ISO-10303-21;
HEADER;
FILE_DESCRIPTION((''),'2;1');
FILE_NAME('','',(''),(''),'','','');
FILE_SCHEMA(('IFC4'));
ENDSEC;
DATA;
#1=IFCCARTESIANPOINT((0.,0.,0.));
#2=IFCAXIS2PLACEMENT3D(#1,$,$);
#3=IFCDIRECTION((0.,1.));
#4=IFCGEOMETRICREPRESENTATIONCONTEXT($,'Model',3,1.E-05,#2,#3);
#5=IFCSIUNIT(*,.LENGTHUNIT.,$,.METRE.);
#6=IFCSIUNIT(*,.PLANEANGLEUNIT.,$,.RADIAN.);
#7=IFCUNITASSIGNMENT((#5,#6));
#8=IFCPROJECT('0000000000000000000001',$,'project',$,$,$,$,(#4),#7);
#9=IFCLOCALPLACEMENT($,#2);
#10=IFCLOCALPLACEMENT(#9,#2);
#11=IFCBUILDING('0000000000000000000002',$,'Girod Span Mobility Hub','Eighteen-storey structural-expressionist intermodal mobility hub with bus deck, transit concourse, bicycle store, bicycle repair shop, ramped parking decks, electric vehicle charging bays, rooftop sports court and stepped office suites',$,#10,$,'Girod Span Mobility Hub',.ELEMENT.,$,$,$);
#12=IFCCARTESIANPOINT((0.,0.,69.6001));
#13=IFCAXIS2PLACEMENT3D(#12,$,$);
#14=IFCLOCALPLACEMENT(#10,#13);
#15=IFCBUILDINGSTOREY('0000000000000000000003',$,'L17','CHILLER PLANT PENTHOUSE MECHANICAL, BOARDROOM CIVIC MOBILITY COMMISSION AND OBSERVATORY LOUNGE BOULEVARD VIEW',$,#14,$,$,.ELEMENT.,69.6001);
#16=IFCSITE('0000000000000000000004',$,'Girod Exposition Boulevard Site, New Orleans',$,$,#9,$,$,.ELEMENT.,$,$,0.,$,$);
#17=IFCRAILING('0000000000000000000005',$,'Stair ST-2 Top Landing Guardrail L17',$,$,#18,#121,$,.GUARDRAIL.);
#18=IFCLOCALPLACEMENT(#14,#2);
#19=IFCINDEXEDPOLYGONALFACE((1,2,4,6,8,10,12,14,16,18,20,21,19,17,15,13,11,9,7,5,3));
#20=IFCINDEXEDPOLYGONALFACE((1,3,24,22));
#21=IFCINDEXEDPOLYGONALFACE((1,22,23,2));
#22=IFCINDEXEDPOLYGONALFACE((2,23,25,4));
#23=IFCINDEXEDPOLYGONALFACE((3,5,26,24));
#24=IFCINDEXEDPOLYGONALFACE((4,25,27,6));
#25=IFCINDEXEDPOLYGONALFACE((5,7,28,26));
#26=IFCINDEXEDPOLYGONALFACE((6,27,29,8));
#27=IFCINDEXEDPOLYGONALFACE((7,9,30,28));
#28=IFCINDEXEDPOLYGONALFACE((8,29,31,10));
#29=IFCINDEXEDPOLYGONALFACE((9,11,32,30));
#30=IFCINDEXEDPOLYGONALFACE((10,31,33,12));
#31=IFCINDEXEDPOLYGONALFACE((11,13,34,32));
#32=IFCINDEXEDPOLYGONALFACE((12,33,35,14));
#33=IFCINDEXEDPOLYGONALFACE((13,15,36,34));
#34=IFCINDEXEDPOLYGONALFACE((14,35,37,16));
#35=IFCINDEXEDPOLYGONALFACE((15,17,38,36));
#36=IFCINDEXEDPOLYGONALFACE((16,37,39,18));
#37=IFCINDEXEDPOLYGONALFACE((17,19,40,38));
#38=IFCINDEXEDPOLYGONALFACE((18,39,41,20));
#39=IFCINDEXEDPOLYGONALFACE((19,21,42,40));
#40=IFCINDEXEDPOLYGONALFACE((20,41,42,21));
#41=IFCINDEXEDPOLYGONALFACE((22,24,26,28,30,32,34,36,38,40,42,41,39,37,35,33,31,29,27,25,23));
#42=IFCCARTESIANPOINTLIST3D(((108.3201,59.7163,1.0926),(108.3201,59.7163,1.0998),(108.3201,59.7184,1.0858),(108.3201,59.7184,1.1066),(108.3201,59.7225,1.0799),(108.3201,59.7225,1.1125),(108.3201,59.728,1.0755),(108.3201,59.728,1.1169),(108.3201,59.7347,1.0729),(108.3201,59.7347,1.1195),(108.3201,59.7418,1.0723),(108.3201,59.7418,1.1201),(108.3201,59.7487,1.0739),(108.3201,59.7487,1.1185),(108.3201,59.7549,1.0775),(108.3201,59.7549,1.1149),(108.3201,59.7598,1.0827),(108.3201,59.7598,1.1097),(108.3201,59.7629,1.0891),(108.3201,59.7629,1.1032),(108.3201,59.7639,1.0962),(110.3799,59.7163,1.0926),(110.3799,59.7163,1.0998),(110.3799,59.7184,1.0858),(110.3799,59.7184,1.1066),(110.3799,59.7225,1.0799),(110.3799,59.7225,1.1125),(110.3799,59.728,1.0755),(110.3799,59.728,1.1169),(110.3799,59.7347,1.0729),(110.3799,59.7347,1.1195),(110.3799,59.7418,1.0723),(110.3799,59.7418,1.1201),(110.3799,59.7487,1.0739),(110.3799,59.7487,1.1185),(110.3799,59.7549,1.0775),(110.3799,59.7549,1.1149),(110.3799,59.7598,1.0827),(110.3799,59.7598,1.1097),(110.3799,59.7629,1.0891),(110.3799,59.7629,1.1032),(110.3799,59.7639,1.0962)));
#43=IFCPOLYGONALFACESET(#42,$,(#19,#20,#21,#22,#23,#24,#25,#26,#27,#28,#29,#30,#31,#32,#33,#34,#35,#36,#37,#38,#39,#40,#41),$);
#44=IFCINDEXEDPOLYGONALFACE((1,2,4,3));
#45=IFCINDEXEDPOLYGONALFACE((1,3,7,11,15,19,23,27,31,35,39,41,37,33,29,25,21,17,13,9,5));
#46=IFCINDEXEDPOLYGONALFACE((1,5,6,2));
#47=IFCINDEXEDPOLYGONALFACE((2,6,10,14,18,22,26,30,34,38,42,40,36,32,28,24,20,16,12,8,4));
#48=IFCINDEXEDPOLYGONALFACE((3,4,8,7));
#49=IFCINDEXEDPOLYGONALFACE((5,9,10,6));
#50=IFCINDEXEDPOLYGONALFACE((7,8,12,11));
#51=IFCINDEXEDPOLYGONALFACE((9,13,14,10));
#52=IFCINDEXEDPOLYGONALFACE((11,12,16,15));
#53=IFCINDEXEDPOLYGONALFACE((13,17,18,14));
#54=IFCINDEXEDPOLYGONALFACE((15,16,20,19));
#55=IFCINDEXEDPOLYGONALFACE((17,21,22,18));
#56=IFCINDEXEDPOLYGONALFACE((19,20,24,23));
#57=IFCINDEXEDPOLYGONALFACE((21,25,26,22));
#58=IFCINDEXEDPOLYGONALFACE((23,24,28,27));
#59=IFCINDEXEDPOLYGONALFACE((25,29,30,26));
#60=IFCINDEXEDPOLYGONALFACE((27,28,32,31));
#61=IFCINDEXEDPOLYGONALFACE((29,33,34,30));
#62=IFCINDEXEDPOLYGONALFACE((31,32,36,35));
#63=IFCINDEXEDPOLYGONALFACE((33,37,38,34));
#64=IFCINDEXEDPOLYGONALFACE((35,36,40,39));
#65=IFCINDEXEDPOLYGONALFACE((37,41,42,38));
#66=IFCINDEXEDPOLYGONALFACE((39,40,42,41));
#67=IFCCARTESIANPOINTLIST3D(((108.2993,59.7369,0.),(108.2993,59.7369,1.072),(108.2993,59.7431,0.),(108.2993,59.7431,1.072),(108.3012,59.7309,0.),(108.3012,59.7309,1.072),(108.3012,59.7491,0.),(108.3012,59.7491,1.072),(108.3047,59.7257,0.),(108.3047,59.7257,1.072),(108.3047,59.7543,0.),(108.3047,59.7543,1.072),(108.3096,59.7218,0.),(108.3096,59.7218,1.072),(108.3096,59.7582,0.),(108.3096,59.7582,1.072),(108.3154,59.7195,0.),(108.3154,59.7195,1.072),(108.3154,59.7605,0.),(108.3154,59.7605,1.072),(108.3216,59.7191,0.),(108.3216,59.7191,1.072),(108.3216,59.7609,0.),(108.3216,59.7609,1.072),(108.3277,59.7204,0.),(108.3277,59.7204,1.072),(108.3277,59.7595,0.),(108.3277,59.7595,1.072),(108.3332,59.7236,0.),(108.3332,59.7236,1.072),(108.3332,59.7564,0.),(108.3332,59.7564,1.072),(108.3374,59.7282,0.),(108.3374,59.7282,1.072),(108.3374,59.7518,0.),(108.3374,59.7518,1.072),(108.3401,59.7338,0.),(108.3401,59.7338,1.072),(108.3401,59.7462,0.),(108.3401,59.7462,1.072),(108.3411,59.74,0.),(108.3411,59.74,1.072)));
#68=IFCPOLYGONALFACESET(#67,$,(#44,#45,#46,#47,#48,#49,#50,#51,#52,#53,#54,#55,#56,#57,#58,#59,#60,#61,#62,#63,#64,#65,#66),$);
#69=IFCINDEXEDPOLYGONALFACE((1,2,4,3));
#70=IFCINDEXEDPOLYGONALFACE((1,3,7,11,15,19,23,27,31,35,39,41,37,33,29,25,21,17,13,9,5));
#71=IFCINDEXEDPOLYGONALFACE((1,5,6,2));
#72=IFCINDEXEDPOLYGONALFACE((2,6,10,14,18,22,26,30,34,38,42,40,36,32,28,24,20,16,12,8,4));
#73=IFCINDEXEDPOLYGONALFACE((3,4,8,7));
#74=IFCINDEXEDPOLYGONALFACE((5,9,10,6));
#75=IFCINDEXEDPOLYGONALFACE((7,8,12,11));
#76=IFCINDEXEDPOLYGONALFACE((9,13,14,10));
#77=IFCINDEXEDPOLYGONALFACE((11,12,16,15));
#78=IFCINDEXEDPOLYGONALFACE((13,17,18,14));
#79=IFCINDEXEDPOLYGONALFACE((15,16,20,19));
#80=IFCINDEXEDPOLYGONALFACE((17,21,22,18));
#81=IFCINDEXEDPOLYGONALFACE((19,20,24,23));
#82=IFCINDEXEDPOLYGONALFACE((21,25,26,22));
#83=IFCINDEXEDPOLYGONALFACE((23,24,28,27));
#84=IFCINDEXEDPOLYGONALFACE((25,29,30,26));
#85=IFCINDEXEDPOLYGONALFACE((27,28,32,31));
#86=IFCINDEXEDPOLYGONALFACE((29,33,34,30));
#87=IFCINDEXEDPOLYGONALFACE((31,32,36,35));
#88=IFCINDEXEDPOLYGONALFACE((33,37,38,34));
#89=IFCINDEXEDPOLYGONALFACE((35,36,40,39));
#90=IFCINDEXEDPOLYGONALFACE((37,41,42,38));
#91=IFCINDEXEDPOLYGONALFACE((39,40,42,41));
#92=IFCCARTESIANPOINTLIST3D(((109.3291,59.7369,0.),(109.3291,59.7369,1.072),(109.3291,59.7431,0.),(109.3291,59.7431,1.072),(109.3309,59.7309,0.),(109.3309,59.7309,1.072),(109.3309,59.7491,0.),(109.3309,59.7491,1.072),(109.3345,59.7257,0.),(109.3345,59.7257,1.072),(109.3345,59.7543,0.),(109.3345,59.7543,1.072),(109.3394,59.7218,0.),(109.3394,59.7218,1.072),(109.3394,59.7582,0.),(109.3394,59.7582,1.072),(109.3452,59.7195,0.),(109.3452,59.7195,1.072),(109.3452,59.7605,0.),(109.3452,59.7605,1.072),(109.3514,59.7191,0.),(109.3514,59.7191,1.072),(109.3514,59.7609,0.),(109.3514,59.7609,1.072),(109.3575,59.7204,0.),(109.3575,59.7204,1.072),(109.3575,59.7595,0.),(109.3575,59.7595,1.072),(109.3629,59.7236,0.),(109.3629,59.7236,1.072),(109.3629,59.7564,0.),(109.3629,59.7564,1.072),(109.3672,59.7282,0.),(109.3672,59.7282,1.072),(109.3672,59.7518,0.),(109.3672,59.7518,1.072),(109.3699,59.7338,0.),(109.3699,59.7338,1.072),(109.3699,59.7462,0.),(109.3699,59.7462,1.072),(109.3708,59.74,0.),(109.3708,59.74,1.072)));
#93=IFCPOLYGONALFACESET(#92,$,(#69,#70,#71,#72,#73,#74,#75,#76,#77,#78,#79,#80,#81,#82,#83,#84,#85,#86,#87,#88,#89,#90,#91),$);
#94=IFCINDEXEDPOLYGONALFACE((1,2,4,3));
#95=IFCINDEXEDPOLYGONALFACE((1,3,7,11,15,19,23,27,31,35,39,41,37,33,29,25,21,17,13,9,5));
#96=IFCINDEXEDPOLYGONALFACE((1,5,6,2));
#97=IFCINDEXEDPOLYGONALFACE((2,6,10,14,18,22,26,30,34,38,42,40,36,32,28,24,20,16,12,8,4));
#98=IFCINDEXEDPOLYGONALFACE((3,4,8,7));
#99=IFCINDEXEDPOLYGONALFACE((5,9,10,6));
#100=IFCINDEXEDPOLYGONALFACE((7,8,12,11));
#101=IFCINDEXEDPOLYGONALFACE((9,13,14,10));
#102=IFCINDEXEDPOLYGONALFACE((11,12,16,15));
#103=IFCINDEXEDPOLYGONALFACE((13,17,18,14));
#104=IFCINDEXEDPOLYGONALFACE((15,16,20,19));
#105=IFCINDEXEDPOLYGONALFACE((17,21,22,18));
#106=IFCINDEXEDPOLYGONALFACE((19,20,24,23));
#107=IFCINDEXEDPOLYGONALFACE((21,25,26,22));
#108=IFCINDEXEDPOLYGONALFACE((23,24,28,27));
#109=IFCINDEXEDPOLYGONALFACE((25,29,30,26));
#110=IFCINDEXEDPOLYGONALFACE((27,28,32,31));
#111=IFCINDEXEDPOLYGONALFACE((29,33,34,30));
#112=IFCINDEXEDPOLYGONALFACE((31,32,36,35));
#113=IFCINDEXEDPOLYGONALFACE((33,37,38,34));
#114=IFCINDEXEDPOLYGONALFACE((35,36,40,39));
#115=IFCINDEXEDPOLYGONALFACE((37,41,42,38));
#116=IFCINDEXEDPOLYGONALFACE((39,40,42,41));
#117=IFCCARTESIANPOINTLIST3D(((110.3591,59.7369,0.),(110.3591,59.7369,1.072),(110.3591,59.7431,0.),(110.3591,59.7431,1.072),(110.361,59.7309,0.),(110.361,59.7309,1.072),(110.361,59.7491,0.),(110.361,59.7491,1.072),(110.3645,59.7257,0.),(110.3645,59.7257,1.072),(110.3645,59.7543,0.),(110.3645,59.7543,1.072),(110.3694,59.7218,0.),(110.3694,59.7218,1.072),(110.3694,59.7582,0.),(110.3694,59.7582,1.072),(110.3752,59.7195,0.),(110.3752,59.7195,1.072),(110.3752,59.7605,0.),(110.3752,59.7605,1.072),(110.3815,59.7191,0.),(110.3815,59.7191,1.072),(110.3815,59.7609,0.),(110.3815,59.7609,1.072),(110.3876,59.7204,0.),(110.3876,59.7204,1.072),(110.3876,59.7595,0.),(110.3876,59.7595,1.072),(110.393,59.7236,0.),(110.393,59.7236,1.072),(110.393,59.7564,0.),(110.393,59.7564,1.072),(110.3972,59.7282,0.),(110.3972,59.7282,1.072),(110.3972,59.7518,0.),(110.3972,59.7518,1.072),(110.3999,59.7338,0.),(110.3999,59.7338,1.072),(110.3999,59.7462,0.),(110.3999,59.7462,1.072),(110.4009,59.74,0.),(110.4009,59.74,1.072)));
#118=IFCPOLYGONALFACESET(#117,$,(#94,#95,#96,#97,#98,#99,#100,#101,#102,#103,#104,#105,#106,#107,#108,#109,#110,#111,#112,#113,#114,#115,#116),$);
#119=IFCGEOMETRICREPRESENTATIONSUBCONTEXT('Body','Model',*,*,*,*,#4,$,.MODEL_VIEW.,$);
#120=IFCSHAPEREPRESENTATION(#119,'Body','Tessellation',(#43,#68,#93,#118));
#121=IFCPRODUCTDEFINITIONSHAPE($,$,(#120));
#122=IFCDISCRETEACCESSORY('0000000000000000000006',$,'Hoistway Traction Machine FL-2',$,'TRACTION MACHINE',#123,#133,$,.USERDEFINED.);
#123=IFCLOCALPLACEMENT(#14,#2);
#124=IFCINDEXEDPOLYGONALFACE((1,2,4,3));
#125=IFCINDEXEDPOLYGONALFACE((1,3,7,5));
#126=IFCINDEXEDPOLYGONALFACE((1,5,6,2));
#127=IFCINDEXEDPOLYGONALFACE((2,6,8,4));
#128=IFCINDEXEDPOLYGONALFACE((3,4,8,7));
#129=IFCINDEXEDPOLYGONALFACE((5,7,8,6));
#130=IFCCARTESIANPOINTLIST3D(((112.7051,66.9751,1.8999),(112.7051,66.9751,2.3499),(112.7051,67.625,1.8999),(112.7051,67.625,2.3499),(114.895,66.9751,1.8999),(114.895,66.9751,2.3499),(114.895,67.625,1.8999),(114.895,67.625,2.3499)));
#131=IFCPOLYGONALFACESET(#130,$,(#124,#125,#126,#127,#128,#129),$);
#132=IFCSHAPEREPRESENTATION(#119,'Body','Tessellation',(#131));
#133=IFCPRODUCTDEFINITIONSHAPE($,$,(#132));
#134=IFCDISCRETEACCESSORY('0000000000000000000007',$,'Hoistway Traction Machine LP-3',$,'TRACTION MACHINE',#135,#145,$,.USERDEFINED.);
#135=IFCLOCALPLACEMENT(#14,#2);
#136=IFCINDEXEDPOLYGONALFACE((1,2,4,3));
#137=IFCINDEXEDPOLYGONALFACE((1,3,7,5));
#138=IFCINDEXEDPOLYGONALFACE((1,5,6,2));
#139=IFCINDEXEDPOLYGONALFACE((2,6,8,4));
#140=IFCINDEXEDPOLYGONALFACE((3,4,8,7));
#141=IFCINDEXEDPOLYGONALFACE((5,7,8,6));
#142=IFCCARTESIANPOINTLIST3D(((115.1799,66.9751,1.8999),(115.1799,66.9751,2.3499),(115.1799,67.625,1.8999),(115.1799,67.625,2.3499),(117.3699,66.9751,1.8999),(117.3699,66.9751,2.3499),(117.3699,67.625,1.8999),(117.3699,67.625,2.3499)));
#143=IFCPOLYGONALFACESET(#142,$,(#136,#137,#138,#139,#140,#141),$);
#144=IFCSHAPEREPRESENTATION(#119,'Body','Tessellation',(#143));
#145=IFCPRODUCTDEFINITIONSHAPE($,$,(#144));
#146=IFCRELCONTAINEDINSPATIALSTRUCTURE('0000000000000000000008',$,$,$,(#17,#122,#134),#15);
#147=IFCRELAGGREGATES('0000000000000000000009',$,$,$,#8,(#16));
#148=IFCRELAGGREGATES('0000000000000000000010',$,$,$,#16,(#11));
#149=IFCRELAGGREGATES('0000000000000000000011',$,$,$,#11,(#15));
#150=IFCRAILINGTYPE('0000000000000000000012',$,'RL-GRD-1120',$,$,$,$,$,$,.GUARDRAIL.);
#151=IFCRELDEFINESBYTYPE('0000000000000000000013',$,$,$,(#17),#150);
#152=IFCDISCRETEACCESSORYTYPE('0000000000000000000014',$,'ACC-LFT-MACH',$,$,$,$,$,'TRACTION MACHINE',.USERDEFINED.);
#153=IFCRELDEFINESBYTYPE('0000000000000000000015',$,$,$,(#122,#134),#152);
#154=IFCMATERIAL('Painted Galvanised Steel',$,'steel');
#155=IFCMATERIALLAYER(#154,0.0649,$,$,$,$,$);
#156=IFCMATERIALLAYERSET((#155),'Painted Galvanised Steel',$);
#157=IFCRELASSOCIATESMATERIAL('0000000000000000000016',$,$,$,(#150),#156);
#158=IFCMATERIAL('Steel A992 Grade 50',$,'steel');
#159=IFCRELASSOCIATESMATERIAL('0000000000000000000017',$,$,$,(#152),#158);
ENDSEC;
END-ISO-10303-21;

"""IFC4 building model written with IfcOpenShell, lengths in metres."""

from ifc_helpers import new_model, si_unit, direction, frame, origin, origin_2d, place, context, subcontext, project, spatial, rectangle, circle, extrude, material, layer, layer_set, type_object, element, save


model = new_model("IFC4")

# Units and contexts
model_context = context("Model", 3, precision=1e-05, world=origin(), true_north=direction((0.0, 1.0)))
body_context = subcontext(model_context, "Body", "Model", "MODEL_VIEW")
ifc_project = project(units=[si_unit("LENGTHUNIT", "METRE"), si_unit("PLANEANGLEUNIT", "RADIAN")], contexts=[model_context])

# Site, building, storey
site_placement = place(None, origin())
site = spatial("IfcSite", under=ifc_project, at=site_placement, Name="Girod Exposition Boulevard Site, New Orleans", CompositionType="ELEMENT", RefElevation=0.0)
building_placement = place(site_placement, origin())
building = spatial("IfcBuilding", under=site, at=building_placement, Name="Girod Span Mobility Hub", Description="Eighteen-storey structural-expressionist intermodal mobility hub with bus deck, transit concourse, bicycle store, bicycle repair shop, ramped parking decks, electric vehicle charging bays, rooftop sports court and stepped office suites", LongName="Girod Span Mobility Hub", CompositionType="ELEMENT")
storey_placement = place(building_placement, frame((0.0, 0.0, 69.6001)))
storey = spatial("IfcBuildingStorey", under=building, at=storey_placement, Name="L17", Description="CHILLER PLANT PENTHOUSE MECHANICAL, BOARDROOM CIVIC MOBILITY COMMISSION AND OBSERVATORY LOUNGE BOULEVARD VIEW", CompositionType="ELEMENT", Elevation=69.6001)

# Railing
ifc_material_1 = material(Name="Painted Galvanised Steel", Category="steel")
ifc_layer_1 = layer(ifc_material_1, 0.0649)
ifc_layer_set_1 = layer_set([ifc_layer_1], Name="Painted Galvanised Steel")
railing_type = type_object("IfcRailingType", Name="RL-GRD-1120", PredefinedType="GUARDRAIL", material=ifc_layer_set_1)
railing_placement = place(storey_placement, frame((108.3201, 59.74, 0.0)))
element("IfcRailing", 1, at=railing_placement, inside=storey, type_object=railing_type, Name="Stair ST-2 Top Landing Guardrail L17", PredefinedType="GUARDRAIL", context=body_context, shape_type="SweptSolid", body=[
    extrude(circle(Radius=0.0239, at=origin_2d()), frame((0.0, 0.0, 1.0962), z_axis=(1.0, 0.0, 0.0), x_axis=(0.0, 1.0, 0.0)), (0.0, 0.0, 1.0), 2.0598),
    extrude(circle(Radius=0.021, at=origin_2d()), origin(), (0.0, 0.0, 1.0), 1.072),
    extrude(circle(Radius=0.021, at=origin_2d()), frame((1.0298, 0.0, 0.0)), (0.0, 0.0, 1.0), 1.072),
    extrude(circle(Radius=0.021, at=origin_2d()), frame((2.0598, 0.0, 0.0)), (0.0, 0.0, 1.0), 1.072),
])

# Discrete accessories
ifc_material_2 = material(Name="Steel A992 Grade 50", Category="steel")
discrete_accessory_type = type_object("IfcDiscreteAccessoryType", Name="ACC-LFT-MACH", ElementType="TRACTION MACHINE", PredefinedType="USERDEFINED", material=ifc_material_2)
for number, where, z_axis, x_axis, name in (
    (2, (113.8, 67.3, 1.8999), (0.0, 0.0, 1.0), (1.0, 0.0, 0.0), "Hoistway Traction Machine FL-2"),
    (3, (116.2749, 67.3, 1.8999), (0.0, 0.0, 1.0), (1.0, 0.0, 0.0), "Hoistway Traction Machine LP-3"),
):
    element("IfcDiscreteAccessory", number, at=place(storey_placement, frame(where, z_axis=z_axis, x_axis=x_axis)), inside=storey, type_object=discrete_accessory_type, Name=name, ObjectType="TRACTION MACHINE", PredefinedType="USERDEFINED", context=body_context, shape_type="SweptSolid", body=[
        extrude(rectangle(XDim=2.1899, YDim=0.6499, at=origin_2d()), origin(), (0.0, 0.0, 1.0), 0.45),
    ])

save(model, "model.ifc")
